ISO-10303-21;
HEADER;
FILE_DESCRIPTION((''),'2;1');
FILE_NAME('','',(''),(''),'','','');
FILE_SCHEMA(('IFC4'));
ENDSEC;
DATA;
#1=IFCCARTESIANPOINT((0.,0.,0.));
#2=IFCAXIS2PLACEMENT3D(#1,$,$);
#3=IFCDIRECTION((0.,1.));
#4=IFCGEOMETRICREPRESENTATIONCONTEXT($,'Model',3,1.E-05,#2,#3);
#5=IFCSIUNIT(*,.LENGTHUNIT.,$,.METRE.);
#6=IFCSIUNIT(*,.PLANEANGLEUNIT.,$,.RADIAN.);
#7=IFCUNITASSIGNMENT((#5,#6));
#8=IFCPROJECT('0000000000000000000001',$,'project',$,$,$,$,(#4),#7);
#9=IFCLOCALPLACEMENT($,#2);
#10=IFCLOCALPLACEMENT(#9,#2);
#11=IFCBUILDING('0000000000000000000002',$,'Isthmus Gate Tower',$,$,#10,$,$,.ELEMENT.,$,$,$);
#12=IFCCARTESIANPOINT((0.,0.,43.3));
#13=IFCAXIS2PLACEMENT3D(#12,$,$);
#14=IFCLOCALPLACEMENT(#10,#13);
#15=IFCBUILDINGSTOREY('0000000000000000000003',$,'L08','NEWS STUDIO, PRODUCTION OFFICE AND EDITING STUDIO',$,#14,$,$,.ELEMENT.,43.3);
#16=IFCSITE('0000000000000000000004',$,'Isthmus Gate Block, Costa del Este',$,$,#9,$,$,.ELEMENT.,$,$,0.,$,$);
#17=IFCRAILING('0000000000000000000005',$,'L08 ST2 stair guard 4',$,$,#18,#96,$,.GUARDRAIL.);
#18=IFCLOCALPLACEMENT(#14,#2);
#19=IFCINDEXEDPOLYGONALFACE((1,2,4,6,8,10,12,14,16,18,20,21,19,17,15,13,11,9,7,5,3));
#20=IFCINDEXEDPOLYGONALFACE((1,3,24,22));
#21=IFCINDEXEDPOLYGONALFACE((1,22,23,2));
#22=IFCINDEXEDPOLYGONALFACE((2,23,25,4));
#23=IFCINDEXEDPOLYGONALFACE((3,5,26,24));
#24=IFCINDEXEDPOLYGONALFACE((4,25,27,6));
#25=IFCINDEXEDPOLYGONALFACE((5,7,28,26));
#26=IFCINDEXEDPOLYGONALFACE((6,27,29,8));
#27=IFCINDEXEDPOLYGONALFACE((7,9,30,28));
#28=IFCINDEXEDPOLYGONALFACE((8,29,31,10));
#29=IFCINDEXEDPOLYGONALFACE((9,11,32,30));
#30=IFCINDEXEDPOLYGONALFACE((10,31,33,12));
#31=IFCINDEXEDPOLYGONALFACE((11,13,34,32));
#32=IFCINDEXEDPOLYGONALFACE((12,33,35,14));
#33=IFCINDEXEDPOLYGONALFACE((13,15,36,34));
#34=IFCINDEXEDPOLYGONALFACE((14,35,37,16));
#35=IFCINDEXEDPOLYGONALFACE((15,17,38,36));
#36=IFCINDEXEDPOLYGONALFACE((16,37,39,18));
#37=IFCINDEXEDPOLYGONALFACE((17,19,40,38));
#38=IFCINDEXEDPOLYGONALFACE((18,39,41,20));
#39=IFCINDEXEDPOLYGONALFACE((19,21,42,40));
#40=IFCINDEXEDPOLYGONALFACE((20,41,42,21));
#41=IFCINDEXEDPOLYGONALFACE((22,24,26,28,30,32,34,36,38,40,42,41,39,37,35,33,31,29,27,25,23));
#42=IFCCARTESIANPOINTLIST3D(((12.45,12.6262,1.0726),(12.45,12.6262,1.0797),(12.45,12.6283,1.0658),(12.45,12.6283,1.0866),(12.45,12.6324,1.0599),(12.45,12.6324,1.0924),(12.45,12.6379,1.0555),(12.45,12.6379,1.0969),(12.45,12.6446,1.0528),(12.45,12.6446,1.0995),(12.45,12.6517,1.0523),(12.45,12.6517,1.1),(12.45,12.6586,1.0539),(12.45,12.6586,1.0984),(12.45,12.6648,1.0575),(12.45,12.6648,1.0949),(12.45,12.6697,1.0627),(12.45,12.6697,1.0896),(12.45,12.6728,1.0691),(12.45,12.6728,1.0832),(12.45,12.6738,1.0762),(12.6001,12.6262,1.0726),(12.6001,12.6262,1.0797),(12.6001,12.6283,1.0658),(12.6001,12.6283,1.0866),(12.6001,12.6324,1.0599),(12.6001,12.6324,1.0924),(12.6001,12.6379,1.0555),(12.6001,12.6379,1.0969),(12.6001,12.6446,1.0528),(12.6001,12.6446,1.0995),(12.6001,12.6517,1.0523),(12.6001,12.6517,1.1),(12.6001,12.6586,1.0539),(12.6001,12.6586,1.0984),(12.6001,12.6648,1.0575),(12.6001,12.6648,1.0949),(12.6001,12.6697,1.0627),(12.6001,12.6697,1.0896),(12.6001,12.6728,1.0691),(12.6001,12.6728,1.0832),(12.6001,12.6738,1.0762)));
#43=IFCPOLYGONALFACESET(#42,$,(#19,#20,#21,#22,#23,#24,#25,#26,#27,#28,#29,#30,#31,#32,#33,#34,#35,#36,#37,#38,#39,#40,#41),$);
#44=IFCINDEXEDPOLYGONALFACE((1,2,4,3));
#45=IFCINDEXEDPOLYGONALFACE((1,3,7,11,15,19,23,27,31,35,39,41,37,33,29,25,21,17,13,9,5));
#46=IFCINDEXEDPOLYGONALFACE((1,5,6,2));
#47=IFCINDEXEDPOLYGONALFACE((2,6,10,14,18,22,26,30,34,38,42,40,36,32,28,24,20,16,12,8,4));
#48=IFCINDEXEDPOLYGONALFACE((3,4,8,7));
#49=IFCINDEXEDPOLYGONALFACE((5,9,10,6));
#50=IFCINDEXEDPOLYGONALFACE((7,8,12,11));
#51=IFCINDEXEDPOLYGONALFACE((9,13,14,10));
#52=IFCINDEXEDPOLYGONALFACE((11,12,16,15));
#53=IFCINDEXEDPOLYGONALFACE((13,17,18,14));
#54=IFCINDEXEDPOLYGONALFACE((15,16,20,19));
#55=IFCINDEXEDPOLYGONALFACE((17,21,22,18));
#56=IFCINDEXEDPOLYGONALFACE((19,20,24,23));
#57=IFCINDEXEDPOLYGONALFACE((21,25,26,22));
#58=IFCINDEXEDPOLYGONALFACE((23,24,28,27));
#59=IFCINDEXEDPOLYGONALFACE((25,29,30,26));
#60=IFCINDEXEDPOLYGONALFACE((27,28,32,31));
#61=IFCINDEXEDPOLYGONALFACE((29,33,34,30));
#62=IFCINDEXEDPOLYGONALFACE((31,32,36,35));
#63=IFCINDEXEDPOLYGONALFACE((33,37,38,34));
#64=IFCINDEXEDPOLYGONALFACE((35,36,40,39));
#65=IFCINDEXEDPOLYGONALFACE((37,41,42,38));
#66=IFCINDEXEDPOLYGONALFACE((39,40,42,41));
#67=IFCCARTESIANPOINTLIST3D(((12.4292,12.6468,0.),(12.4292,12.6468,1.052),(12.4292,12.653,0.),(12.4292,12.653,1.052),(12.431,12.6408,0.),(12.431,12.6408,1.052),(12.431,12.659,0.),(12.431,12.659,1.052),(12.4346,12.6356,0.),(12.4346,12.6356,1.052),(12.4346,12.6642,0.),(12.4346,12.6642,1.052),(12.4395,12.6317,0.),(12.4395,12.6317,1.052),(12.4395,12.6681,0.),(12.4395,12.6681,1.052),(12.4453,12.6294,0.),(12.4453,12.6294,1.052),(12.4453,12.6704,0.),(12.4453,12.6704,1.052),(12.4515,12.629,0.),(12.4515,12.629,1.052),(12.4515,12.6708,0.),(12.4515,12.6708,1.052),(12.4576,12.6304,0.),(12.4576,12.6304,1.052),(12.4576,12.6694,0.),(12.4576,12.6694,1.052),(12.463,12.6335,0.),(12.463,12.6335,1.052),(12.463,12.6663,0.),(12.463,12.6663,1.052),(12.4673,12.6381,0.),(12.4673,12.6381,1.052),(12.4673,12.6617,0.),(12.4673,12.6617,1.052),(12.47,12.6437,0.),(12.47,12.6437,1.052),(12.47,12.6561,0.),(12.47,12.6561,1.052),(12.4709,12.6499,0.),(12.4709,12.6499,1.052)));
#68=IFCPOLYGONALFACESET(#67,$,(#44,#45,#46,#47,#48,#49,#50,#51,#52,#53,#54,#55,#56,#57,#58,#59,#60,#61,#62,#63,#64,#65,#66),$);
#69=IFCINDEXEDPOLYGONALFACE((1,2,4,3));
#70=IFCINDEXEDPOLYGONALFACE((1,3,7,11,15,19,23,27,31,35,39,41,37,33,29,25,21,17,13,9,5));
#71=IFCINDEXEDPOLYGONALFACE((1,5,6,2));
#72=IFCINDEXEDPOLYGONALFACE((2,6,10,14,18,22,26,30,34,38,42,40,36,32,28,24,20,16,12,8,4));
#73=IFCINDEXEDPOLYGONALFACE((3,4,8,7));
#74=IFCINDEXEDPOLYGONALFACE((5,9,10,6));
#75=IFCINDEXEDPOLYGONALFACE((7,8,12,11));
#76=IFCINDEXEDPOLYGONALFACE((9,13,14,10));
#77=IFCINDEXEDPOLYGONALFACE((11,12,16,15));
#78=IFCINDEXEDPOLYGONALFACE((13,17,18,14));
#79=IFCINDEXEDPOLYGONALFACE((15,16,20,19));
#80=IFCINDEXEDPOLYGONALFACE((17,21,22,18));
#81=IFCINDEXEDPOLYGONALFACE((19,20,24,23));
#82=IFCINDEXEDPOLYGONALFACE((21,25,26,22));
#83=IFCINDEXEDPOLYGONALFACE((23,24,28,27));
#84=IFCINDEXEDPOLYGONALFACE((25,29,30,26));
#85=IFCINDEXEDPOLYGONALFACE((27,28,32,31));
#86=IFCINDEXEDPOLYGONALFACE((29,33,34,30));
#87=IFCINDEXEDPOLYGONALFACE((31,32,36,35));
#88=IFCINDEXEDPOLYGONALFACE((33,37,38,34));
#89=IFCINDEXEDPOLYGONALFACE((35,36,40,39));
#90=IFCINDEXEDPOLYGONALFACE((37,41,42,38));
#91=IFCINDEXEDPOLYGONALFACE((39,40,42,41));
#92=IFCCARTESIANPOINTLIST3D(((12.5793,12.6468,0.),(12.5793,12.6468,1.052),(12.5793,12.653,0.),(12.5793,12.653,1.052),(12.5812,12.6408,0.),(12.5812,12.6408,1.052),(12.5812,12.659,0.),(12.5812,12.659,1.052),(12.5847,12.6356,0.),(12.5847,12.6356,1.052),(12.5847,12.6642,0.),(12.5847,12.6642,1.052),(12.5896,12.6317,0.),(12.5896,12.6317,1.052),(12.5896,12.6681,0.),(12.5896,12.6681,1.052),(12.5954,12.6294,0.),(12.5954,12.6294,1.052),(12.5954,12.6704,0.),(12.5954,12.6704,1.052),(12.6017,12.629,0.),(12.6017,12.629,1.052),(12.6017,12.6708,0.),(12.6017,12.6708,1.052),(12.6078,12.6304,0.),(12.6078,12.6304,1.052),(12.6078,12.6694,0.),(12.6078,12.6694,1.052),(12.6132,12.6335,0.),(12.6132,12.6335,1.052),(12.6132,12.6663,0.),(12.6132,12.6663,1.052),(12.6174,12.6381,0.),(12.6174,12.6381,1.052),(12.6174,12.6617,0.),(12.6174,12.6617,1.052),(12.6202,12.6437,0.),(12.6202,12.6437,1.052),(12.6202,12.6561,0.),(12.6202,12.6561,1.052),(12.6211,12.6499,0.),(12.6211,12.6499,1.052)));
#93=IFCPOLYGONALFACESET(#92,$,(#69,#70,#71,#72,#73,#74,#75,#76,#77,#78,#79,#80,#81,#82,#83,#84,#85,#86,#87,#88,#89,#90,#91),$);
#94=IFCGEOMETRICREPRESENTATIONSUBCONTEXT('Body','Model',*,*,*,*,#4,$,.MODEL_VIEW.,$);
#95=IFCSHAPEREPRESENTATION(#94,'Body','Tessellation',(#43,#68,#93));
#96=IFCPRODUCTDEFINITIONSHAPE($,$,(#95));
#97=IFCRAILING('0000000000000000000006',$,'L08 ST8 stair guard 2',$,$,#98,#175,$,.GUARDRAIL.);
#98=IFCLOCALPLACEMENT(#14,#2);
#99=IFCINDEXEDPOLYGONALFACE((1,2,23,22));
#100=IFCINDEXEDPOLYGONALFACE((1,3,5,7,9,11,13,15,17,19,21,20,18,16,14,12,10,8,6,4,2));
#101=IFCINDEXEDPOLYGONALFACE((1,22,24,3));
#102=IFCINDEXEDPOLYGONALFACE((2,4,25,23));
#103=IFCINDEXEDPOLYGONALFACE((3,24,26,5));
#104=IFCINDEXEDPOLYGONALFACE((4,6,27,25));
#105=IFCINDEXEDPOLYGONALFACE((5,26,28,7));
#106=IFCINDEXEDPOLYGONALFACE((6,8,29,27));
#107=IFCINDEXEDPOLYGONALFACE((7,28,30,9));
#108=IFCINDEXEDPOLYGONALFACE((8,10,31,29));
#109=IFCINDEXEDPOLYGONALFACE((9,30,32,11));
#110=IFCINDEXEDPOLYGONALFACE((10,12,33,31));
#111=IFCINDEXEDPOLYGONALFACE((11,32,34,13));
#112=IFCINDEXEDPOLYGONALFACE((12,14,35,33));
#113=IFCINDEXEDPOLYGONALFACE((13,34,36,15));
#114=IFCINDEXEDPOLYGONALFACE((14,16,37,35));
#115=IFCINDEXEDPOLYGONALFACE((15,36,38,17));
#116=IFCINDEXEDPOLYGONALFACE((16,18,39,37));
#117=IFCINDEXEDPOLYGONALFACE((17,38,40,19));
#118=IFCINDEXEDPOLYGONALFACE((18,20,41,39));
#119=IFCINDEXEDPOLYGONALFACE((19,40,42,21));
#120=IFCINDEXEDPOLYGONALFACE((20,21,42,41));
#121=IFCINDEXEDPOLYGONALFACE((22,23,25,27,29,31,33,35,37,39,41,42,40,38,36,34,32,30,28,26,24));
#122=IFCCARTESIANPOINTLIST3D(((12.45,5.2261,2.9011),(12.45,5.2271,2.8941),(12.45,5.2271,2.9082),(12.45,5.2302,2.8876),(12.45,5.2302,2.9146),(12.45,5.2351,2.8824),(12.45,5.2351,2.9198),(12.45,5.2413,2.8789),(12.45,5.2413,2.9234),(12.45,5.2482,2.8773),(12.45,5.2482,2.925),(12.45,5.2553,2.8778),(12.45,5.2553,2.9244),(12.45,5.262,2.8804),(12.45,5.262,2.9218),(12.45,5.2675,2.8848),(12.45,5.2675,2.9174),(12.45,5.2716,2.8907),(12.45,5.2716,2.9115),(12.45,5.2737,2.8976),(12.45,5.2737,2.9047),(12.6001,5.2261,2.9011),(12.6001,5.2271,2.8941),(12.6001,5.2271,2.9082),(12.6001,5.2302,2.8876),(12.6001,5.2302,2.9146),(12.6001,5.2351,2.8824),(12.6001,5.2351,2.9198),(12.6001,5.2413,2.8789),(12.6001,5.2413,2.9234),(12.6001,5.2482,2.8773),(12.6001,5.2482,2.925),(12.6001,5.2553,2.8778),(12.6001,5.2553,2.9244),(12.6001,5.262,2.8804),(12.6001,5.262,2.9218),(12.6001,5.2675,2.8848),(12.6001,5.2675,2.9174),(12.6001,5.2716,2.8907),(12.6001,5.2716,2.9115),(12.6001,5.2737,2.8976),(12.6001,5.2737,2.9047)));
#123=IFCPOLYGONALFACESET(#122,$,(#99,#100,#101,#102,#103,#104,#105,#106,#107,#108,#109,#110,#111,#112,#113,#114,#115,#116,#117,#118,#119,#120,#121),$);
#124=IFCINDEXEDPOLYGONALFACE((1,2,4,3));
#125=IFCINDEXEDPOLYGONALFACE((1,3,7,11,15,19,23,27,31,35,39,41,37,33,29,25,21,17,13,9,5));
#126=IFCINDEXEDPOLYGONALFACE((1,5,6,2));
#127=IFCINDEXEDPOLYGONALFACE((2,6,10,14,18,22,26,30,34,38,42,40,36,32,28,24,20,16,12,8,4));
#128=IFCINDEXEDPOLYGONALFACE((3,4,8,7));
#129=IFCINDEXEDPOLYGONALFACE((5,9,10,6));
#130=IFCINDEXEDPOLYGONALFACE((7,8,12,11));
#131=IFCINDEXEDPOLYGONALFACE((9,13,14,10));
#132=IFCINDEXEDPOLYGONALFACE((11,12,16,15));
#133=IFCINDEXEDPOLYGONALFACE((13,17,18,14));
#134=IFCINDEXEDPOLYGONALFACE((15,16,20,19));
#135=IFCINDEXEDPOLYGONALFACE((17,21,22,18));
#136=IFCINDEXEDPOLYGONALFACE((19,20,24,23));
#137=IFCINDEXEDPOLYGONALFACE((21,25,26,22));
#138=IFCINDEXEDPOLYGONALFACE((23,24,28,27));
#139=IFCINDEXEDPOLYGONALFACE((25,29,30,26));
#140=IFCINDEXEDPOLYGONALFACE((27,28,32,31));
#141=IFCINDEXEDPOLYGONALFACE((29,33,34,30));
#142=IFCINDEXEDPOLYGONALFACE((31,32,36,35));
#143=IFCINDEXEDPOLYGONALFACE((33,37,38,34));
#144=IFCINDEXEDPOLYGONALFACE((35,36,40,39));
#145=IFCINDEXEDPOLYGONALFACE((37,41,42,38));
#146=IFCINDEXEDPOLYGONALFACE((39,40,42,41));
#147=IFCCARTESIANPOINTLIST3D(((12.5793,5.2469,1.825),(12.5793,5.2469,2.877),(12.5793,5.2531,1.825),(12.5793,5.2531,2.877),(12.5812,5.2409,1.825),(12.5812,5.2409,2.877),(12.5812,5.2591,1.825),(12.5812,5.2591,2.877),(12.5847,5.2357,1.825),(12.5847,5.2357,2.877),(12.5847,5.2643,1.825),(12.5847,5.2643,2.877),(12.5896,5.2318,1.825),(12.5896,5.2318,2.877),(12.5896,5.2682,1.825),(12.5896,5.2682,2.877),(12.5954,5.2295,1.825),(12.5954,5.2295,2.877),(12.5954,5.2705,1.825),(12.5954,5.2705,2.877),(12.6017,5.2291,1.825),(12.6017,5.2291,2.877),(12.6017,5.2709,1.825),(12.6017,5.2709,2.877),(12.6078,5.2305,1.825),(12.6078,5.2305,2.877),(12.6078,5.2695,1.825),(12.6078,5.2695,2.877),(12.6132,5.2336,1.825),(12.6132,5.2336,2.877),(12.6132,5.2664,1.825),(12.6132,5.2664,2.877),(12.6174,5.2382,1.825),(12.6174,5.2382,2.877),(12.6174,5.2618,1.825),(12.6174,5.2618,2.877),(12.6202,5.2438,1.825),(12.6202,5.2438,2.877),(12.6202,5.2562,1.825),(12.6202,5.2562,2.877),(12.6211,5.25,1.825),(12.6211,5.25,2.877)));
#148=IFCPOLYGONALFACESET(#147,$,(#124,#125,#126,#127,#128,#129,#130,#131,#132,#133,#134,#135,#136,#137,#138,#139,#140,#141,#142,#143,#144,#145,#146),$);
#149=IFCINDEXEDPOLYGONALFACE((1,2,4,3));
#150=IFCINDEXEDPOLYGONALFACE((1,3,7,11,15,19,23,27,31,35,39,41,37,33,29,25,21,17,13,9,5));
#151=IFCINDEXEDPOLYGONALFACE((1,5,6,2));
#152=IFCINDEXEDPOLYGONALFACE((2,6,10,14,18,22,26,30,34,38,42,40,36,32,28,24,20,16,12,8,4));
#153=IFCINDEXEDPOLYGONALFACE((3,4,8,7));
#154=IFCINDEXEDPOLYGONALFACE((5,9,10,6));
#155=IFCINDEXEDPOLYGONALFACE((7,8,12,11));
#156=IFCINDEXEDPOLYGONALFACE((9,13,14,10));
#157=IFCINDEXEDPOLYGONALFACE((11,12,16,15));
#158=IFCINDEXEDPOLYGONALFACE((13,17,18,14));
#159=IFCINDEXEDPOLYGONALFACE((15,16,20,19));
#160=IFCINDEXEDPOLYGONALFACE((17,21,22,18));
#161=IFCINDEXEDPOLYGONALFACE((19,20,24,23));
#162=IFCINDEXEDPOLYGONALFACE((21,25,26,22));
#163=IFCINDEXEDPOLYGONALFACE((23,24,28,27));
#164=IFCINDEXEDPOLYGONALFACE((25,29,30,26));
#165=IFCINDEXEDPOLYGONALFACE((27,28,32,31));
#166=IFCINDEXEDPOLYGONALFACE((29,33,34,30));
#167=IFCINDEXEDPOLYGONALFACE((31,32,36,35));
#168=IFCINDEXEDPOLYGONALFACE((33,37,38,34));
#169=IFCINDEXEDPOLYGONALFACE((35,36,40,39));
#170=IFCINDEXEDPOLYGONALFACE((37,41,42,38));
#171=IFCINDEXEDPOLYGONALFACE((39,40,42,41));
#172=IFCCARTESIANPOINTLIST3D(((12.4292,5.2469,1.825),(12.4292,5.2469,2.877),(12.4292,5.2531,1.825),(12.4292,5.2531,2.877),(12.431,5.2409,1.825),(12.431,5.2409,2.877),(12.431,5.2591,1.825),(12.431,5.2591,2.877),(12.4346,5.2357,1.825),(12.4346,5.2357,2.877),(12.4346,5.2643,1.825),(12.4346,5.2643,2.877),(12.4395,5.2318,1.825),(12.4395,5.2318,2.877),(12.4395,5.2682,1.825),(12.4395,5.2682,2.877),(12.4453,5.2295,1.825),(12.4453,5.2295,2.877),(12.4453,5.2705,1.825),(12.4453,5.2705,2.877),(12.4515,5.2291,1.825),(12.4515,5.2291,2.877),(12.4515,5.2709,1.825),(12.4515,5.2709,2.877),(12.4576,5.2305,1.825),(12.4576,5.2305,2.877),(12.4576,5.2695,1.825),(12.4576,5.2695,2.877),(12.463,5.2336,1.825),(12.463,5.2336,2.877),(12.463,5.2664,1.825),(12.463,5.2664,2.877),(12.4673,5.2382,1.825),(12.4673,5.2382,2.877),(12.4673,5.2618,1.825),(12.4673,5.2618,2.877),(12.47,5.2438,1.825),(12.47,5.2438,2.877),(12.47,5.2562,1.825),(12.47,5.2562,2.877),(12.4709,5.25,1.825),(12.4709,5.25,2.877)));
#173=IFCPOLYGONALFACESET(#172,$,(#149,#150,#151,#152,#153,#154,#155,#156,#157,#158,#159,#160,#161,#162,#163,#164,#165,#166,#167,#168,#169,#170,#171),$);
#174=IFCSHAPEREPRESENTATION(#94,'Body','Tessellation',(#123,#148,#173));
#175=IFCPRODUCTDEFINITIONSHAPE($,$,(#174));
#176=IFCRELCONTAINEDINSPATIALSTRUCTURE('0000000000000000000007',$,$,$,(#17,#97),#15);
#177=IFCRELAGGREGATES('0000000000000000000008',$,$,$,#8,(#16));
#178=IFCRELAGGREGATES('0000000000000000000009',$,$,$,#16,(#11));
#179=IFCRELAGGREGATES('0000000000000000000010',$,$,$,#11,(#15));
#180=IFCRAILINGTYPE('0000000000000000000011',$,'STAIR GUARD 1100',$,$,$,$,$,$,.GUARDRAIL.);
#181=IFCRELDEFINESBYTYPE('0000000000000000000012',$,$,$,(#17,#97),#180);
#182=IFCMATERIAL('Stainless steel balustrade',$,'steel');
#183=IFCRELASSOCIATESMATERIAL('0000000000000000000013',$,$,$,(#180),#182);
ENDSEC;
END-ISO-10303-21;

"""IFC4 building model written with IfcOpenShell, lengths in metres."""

from ifc_helpers import new_model, si_unit, direction, frame, origin, origin_2d, place, context, subcontext, project, spatial, circle, extrude, material, type_object, element, save


model = new_model("IFC4")

# Units and contexts
model_context = context("Model", 3, precision=1e-05, world=origin(), true_north=direction((0.0, 1.0)))
body_context = subcontext(model_context, "Body", "Model", "MODEL_VIEW")
ifc_project = project(units=[si_unit("LENGTHUNIT", "METRE"), si_unit("PLANEANGLEUNIT", "RADIAN")], contexts=[model_context])

# Site, building, storey
site_placement = place(None, origin())
site = spatial("IfcSite", under=ifc_project, at=site_placement, Name="Isthmus Gate Block, Costa del Este", CompositionType="ELEMENT", RefElevation=0.0)
building_placement = place(site_placement, origin())
building = spatial("IfcBuilding", under=site, at=building_placement, Name="Isthmus Gate Tower", CompositionType="ELEMENT")
storey_placement = place(building_placement, frame((0.0, 0.0, 43.3)))
storey = spatial("IfcBuildingStorey", under=building, at=storey_placement, Name="L08", Description="NEWS STUDIO, PRODUCTION OFFICE AND EDITING STUDIO", CompositionType="ELEMENT", Elevation=43.3)

# Railings
ifc_material_1 = material(Name="Stainless steel balustrade", Category="steel")
railing_type_1 = type_object("IfcRailingType", Name="STAIR GUARD 1100", PredefinedType="GUARDRAIL", material=ifc_material_1)
railing_1_placement = place(storey_placement, frame((12.45, 12.6499, 0.0)))
element("IfcRailing", 1, at=railing_1_placement, inside=storey, type_object=railing_type_1, Name="L08 ST2 stair guard 4", PredefinedType="GUARDRAIL", context=body_context, shape_type="SweptSolid", body=[
    extrude(circle(Radius=0.0239, at=origin_2d()), frame((0.0, 0.0, 1.0762), z_axis=(1.0, 0.0, 0.0), x_axis=(0.0, 1.0, 0.0)), (0.0, 0.0, 1.0), 0.1501),
    extrude(circle(Radius=0.021, at=origin_2d()), origin(), (0.0, 0.0, 1.0), 1.052),
    extrude(circle(Radius=0.021, at=origin_2d()), frame((0.1501, 0.0, 0.0)), (0.0, 0.0, 1.0), 1.052),
])
railing_2_placement = place(storey_placement, frame((12.6001, 5.25, 1.825)))
element("IfcRailing", 2, at=railing_2_placement, inside=storey, type_object=railing_type_1, Name="L08 ST8 stair guard 2", PredefinedType="GUARDRAIL", context=body_context, shape_type="SweptSolid", body=[
    extrude(circle(Radius=0.0239, at=origin_2d()), frame((0.0, 0.0, 1.0762), z_axis=(-1.0, 0.0, 0.0), x_axis=(0.0, -1.0, 0.0)), (0.0, 0.0, 1.0), 0.1501),
    extrude(circle(Radius=0.021, at=origin_2d()), origin(), (0.0, 0.0, 1.0), 1.052),
    extrude(circle(Radius=0.021, at=origin_2d()), frame((-0.1501, 0.0, 0.0)), (0.0, 0.0, 1.0), 1.052),
])

save(model, "model.ifc")
